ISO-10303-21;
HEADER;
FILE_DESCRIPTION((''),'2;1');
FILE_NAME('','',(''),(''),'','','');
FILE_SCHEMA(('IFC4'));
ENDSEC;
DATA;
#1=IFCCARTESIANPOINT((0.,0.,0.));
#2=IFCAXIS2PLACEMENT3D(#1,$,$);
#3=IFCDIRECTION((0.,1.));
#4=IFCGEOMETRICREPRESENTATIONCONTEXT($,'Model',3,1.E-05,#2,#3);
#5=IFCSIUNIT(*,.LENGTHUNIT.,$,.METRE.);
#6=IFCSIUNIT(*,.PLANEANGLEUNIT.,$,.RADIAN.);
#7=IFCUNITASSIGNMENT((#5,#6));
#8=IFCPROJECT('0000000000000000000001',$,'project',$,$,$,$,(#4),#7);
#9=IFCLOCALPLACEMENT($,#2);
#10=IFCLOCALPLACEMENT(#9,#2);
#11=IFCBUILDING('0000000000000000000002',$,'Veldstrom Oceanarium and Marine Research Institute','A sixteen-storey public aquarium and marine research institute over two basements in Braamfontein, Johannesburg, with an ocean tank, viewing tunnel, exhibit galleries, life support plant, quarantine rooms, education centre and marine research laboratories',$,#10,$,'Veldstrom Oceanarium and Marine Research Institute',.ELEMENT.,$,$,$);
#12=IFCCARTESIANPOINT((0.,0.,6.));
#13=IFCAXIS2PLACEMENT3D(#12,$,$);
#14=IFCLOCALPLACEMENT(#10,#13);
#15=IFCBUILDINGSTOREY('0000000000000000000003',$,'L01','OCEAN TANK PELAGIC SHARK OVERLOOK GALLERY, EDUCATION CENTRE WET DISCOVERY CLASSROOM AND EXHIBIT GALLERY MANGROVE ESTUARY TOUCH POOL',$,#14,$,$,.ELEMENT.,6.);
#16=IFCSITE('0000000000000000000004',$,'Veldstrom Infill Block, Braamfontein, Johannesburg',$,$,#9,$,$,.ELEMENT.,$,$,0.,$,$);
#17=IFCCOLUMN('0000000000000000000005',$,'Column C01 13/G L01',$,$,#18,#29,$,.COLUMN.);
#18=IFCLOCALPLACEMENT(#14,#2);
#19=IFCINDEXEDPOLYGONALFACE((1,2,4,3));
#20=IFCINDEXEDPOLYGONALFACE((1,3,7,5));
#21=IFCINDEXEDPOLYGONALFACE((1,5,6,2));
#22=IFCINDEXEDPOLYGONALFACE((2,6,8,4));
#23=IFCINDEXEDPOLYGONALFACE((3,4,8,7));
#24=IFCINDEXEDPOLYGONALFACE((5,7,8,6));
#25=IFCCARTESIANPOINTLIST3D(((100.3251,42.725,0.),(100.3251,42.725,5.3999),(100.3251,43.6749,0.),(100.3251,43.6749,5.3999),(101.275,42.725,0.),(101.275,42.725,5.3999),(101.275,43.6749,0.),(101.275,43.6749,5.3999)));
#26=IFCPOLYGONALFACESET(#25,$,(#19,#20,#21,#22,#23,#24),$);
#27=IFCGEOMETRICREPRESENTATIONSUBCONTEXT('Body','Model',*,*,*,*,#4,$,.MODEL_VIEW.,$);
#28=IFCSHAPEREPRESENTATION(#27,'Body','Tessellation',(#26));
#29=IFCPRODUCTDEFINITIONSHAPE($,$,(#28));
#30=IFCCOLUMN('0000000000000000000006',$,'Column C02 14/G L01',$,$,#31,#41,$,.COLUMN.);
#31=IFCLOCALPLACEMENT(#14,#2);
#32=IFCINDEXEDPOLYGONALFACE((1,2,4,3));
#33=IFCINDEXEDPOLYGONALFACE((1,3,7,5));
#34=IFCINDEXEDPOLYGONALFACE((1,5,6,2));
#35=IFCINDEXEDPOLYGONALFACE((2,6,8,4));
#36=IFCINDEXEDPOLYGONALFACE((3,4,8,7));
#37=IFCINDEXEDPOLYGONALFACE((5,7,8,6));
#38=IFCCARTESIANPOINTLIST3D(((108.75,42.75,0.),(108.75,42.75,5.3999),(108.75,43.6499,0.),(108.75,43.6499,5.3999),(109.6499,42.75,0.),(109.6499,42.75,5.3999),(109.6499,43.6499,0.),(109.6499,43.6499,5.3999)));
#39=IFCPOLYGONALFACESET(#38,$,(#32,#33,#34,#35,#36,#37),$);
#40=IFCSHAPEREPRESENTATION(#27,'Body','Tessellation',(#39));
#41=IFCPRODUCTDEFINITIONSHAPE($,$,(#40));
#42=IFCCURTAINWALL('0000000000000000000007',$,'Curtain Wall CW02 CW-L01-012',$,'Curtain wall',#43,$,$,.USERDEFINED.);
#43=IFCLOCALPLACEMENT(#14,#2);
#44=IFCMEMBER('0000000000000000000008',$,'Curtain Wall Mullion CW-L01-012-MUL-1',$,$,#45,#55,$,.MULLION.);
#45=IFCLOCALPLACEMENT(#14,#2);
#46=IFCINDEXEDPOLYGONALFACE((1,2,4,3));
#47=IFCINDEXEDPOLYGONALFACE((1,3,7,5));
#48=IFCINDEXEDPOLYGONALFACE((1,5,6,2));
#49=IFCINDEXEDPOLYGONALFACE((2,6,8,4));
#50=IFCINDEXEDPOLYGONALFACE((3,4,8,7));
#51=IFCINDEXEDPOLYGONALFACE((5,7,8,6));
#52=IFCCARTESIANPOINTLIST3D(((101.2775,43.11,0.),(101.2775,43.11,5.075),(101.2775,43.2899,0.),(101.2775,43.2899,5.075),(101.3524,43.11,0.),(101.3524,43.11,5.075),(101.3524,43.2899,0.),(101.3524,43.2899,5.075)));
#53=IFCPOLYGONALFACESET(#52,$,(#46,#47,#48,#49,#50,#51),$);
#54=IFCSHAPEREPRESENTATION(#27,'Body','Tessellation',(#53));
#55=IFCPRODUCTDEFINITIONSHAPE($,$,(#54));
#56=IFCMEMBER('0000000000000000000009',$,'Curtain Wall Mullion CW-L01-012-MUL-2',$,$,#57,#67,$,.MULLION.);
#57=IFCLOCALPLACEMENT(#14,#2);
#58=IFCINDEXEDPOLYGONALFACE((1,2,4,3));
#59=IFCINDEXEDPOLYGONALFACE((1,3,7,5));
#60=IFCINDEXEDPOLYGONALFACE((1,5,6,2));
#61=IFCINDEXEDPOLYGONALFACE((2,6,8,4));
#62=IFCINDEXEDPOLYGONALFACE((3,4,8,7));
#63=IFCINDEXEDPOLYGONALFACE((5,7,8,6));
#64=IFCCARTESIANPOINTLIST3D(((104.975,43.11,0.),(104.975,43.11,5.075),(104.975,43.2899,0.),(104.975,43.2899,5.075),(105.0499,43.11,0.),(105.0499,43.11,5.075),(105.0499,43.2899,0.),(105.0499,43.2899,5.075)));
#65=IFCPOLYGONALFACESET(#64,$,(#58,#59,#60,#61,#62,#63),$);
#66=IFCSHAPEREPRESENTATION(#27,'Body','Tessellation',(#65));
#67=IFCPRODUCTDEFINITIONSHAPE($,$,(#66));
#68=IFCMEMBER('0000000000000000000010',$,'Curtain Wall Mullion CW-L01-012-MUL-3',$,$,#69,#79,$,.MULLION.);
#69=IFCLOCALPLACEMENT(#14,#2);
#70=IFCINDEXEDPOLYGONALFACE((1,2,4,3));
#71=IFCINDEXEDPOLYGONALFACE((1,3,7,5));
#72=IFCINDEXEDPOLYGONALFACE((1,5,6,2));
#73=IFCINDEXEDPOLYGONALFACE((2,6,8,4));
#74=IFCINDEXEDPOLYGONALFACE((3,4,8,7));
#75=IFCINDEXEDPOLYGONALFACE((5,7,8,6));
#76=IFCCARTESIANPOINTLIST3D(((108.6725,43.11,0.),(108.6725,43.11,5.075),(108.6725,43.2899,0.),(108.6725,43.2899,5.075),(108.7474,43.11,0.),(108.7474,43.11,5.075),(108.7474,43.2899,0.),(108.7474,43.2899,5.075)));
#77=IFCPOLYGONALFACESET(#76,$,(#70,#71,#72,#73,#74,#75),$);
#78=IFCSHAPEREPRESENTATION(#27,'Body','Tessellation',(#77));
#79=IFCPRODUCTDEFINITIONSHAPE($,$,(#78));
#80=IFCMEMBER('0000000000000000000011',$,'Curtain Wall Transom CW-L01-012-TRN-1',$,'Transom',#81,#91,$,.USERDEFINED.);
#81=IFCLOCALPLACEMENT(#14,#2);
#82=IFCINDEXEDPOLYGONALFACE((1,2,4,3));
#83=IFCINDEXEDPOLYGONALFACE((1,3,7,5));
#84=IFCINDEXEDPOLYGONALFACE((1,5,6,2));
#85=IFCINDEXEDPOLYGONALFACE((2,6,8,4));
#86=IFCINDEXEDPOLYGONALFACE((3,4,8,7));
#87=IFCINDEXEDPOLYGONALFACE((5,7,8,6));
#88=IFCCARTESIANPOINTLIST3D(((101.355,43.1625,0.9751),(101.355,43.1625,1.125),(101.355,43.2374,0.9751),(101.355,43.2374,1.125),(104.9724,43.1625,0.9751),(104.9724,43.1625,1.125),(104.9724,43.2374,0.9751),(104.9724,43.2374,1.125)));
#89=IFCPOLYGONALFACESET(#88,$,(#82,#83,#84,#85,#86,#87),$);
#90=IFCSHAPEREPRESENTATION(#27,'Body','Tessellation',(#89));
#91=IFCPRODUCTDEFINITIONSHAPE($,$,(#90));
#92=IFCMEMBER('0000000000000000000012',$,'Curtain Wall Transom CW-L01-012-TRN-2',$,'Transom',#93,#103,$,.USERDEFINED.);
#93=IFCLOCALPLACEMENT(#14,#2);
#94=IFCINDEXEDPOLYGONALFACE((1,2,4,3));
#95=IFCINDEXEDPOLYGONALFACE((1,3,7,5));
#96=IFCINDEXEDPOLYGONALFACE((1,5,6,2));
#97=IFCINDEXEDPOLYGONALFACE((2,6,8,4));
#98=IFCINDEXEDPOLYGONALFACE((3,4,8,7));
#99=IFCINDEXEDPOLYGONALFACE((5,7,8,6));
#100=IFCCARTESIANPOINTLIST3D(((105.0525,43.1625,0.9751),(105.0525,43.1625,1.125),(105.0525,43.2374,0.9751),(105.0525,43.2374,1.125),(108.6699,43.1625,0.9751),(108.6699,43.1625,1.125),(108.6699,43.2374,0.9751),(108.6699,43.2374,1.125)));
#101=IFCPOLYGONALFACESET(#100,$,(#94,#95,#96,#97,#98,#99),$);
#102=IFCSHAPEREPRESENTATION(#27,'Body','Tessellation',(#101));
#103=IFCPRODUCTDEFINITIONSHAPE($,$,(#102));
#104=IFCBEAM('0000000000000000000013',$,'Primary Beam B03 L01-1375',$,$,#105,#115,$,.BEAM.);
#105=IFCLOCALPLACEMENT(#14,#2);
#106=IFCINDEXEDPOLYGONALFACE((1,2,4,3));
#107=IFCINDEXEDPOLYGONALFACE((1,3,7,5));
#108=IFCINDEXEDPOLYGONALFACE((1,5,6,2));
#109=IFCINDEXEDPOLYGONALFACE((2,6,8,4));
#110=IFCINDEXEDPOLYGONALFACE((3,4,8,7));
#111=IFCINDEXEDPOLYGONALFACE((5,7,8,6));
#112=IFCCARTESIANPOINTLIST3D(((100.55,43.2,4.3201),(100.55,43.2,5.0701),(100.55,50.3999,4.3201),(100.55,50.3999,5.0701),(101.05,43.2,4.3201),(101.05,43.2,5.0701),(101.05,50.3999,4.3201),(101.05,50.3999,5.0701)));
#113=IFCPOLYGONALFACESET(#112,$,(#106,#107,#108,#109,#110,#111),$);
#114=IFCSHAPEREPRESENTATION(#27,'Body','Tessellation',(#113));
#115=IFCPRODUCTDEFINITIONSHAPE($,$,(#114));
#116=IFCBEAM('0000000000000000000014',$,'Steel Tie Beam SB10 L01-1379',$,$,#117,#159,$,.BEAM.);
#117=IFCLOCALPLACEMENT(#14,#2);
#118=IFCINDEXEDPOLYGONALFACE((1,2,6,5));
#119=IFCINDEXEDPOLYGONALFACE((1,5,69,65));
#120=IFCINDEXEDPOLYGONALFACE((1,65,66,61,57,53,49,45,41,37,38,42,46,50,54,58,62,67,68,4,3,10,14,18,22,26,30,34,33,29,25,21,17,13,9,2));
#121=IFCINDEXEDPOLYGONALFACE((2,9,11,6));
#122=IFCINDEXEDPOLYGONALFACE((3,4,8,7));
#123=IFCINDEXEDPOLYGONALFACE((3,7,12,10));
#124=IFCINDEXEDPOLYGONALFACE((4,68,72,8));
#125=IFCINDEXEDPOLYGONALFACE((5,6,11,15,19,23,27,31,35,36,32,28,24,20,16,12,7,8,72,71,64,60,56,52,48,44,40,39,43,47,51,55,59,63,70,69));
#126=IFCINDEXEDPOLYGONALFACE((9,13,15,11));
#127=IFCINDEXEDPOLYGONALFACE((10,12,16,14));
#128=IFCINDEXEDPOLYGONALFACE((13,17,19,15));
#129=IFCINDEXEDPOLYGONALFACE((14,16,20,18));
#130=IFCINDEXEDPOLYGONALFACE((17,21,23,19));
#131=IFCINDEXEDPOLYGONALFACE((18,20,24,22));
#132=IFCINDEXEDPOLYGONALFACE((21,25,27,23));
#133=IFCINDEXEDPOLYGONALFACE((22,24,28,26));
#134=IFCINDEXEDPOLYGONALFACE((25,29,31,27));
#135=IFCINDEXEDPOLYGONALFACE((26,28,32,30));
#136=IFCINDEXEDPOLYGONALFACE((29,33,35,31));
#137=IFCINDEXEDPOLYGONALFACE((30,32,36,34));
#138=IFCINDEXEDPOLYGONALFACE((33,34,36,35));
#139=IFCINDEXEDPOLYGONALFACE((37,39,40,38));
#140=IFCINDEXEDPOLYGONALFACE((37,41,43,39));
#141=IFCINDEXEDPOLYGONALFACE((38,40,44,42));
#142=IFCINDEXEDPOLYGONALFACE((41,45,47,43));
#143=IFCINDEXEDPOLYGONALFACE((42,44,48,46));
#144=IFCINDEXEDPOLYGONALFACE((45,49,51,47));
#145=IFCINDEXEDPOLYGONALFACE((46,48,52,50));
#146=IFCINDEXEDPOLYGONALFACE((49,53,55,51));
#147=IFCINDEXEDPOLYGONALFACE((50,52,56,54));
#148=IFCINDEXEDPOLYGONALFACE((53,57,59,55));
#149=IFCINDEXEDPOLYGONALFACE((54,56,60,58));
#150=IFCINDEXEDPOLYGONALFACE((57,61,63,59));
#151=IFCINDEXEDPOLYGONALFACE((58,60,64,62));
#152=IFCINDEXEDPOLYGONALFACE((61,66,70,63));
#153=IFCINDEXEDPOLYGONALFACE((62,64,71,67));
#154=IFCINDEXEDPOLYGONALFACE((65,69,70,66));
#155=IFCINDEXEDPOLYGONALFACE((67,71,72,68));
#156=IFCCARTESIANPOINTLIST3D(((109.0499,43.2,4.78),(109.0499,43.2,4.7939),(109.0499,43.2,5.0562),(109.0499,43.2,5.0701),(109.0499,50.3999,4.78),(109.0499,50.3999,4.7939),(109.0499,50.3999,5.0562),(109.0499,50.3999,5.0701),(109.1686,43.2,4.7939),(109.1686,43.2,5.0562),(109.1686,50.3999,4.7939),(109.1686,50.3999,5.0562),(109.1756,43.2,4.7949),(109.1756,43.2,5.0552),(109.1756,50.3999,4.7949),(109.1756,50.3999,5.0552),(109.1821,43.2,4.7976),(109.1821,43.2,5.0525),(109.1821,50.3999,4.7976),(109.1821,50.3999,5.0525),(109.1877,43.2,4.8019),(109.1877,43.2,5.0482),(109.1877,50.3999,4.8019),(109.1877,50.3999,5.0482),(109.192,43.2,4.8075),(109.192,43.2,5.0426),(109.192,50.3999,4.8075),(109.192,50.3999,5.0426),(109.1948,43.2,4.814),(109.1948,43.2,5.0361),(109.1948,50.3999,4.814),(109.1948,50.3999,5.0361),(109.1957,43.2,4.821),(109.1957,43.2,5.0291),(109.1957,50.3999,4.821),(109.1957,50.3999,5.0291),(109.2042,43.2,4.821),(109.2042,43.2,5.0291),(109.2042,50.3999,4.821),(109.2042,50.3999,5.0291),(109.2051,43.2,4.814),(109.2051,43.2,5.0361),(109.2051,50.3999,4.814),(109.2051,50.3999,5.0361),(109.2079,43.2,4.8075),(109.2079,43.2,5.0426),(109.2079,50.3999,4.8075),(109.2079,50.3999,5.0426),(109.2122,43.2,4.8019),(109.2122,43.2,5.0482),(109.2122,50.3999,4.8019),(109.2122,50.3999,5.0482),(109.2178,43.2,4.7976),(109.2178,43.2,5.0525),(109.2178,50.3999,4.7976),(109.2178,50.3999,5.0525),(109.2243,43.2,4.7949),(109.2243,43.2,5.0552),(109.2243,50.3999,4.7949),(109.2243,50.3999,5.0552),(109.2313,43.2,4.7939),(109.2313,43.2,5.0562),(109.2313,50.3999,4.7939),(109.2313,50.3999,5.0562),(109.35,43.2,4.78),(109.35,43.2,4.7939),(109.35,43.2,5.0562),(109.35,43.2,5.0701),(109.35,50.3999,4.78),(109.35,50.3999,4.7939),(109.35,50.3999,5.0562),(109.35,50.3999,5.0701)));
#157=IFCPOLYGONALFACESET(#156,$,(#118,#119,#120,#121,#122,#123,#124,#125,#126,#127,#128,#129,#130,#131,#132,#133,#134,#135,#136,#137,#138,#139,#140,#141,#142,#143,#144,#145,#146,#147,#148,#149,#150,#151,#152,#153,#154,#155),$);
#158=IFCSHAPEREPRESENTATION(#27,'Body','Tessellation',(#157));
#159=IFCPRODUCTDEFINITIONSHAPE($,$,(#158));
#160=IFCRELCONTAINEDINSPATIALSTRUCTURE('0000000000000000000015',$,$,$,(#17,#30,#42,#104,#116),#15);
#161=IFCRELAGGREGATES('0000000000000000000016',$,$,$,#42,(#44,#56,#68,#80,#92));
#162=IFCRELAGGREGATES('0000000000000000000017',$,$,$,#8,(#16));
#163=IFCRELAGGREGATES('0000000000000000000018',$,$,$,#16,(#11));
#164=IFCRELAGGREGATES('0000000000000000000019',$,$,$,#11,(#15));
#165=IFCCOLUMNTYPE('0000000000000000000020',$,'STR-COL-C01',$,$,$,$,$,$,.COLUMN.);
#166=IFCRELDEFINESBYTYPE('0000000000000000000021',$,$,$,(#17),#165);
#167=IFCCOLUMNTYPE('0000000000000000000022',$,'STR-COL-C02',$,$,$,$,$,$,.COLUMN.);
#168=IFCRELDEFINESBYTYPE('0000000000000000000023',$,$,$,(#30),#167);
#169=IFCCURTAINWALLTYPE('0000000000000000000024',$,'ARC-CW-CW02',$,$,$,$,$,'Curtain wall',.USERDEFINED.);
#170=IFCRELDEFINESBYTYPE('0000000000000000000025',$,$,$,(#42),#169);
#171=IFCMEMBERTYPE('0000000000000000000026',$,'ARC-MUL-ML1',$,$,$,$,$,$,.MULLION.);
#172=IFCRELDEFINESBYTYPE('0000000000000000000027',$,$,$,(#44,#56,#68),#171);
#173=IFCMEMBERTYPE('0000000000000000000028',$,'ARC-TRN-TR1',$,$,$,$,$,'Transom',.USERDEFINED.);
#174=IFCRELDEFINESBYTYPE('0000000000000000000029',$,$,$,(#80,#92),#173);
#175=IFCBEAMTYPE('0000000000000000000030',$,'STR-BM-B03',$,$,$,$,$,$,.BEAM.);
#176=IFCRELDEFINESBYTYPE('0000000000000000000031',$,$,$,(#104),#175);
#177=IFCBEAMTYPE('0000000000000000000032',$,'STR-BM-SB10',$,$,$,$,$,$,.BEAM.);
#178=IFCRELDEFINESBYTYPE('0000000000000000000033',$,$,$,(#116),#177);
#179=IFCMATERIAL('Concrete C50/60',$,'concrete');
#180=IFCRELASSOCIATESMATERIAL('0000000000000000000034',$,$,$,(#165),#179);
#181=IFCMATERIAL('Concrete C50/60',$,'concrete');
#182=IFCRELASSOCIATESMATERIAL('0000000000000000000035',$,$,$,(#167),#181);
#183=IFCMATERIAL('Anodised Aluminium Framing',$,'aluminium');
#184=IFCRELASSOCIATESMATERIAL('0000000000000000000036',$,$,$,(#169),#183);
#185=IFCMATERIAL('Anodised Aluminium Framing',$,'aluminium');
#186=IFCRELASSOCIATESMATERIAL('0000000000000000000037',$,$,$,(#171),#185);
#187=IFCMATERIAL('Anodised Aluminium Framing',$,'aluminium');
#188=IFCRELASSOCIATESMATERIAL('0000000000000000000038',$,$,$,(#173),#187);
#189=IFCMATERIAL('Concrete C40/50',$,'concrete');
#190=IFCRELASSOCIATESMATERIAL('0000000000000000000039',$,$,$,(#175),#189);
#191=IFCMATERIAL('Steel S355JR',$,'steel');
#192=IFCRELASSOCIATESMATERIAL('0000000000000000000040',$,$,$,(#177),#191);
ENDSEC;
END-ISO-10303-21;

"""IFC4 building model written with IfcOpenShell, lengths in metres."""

from ifc_helpers import new_model, si_unit, direction, frame, origin, origin_2d, place, context, subcontext, project, spatial, rectangle, i_section, extrude, material, material_profile, profile_set, type_object, element, aggregate, save


model = new_model("IFC4")

# Units and contexts
model_context = context("Model", 3, precision=1e-05, world=origin(), true_north=direction((0.0, 1.0)))
body_context = subcontext(model_context, "Body", "Model", "MODEL_VIEW")
ifc_project = project(units=[si_unit("LENGTHUNIT", "METRE"), si_unit("PLANEANGLEUNIT", "RADIAN")], contexts=[model_context])

# Site, building, storey
site_placement = place(None, origin())
site = spatial("IfcSite", under=ifc_project, at=site_placement, Name="Veldstrom Infill Block, Braamfontein, Johannesburg", CompositionType="ELEMENT", RefElevation=0.0)
building_placement = place(site_placement, origin())
building = spatial("IfcBuilding", under=site, at=building_placement, Name="Veldstrom Oceanarium and Marine Research Institute", Description="A sixteen-storey public aquarium and marine research institute over two basements in Braamfontein, Johannesburg, with an ocean tank, viewing tunnel, exhibit galleries, life support plant, quarantine rooms, education centre and marine research laboratories", LongName="Veldstrom Oceanarium and Marine Research Institute", CompositionType="ELEMENT")
storey_placement = place(building_placement, frame((0.0, 0.0, 6.0)))
storey = spatial("IfcBuildingStorey", under=building, at=storey_placement, Name="L01", Description="OCEAN TANK PELAGIC SHARK OVERLOOK GALLERY, EDUCATION CENTRE WET DISCOVERY CLASSROOM AND EXHIBIT GALLERY MANGROVE ESTUARY TOUCH POOL", CompositionType="ELEMENT", Elevation=6.0)

# Columns
ifc_material_1 = material(Name="Concrete C50/60", Category="concrete")
ifc_material_profile_1 = material_profile(ifc_material_1, rectangle(XDim=0.95, YDim=0.95, at=origin_2d()), Name="RC-COL-950x950")
ifc_profile_set_1 = profile_set([ifc_material_profile_1], Name="Concrete C50/60")
column_type_1 = type_object("IfcColumnType", Name="STR-COL-C01", PredefinedType="COLUMN", material=ifc_profile_set_1)
column_1_placement = place(storey_placement, frame((100.8, 43.2, 0.0), z_axis=(0.0, 0.0, 1.0), x_axis=(1.0, 0.0, 0.0)))
element("IfcColumn", 1, at=column_1_placement, inside=storey, type_object=column_type_1, Name="Column C01 13/G L01", PredefinedType="COLUMN", context=body_context, shape_type="SweptSolid", body=[
    extrude(rectangle(XDim=0.95, YDim=0.95, at=origin_2d()), origin(), (0.0, 0.0, 1.0), 5.3999),
])
ifc_material_2 = material(Name="Concrete C50/60", Category="concrete")
ifc_material_profile_2 = material_profile(ifc_material_2, rectangle(XDim=0.8999, YDim=0.8999, at=origin_2d()), Name="RC-COL-900x900")
ifc_profile_set_2 = profile_set([ifc_material_profile_2], Name="Concrete C50/60")
column_type_2 = type_object("IfcColumnType", Name="STR-COL-C02", PredefinedType="COLUMN", material=ifc_profile_set_2)
column_2_placement = place(storey_placement, frame((109.2, 43.2, 0.0), z_axis=(0.0, 0.0, 1.0), x_axis=(1.0, 0.0, 0.0)))
element("IfcColumn", 2, at=column_2_placement, inside=storey, type_object=column_type_2, Name="Column C02 14/G L01", PredefinedType="COLUMN", context=body_context, shape_type="SweptSolid", body=[
    extrude(rectangle(XDim=0.8999, YDim=0.8999, at=origin_2d()), origin(), (0.0, 0.0, 1.0), 5.3999),
])

# Curtain wall, members
ifc_material_3 = material(Name="Anodised Aluminium Framing", Category="aluminium")
curtain_wall_type = type_object("IfcCurtainWallType", Name="ARC-CW-CW02", ElementType="Curtain wall", PredefinedType="USERDEFINED", material=ifc_material_3)
curtain_wall_placement = place(storey_placement, origin())
curtain_wall = element("IfcCurtainWall", 3, at=curtain_wall_placement, inside=storey, type_object=curtain_wall_type, Name="Curtain Wall CW02 CW-L01-012", ObjectType="Curtain wall", PredefinedType="USERDEFINED")
ifc_material_4 = material(Name="Anodised Aluminium Framing", Category="aluminium")
ifc_material_profile_3 = material_profile(ifc_material_4, rectangle(XDim=0.075, YDim=0.1799, at=origin_2d()), Name="ALU-MUL-75x180")
ifc_profile_set_3 = profile_set([ifc_material_profile_3], Name="Anodised Aluminium Framing")
member_type_1 = type_object("IfcMemberType", Name="ARC-MUL-ML1", PredefinedType="MULLION", material=ifc_profile_set_3)
member_1_placement = place(storey_placement, frame((101.3149, 43.2, 0.0), z_axis=(0.0, 0.0, 1.0), x_axis=(1.0, 0.0, 0.0)))
member_1 = element("IfcMember", 4, at=member_1_placement, type_object=member_type_1, Name="Curtain Wall Mullion CW-L01-012-MUL-1", PredefinedType="MULLION", context=body_context, shape_type="SweptSolid", body=[
    extrude(rectangle(XDim=0.075, YDim=0.1799, at=origin_2d()), origin(), (0.0, 0.0, 1.0), 5.075),
])
member_2_placement = place(storey_placement, frame((105.0125, 43.2, 0.0), z_axis=(0.0, 0.0, 1.0), x_axis=(1.0, 0.0, 0.0)))
member_2 = element("IfcMember", 5, at=member_2_placement, type_object=member_type_1, Name="Curtain Wall Mullion CW-L01-012-MUL-2", PredefinedType="MULLION", context=body_context, shape_type="SweptSolid", body=[
    extrude(rectangle(XDim=0.075, YDim=0.1799, at=origin_2d()), origin(), (0.0, 0.0, 1.0), 5.075),
])
member_3_placement = place(storey_placement, frame((108.71, 43.2, 0.0), z_axis=(0.0, 0.0, 1.0), x_axis=(1.0, 0.0, 0.0)))
member_3 = element("IfcMember", 6, at=member_3_placement, type_object=member_type_1, Name="Curtain Wall Mullion CW-L01-012-MUL-3", PredefinedType="MULLION", context=body_context, shape_type="SweptSolid", body=[
    extrude(rectangle(XDim=0.075, YDim=0.1799, at=origin_2d()), origin(), (0.0, 0.0, 1.0), 5.075),
])
ifc_material_5 = material(Name="Anodised Aluminium Framing", Category="aluminium")
ifc_material_profile_4 = material_profile(ifc_material_5, rectangle(XDim=0.075, YDim=0.1499, at=origin_2d()), Name="ALU-TRN-75x150")
ifc_profile_set_4 = profile_set([ifc_material_profile_4], Name="Anodised Aluminium Framing")
member_type_2 = type_object("IfcMemberType", Name="ARC-TRN-TR1", ElementType="Transom", PredefinedType="USERDEFINED", material=ifc_profile_set_4)
member_4_placement = place(storey_placement, frame((101.355, 43.2, 1.05), z_axis=(1.0, 0.0, 0.0), x_axis=(0.0, 1.0, 0.0)))
member_4 = element("IfcMember", 7, at=member_4_placement, type_object=member_type_2, Name="Curtain Wall Transom CW-L01-012-TRN-1", ObjectType="Transom", PredefinedType="USERDEFINED", context=body_context, shape_type="SweptSolid", body=[
    extrude(rectangle(XDim=0.075, YDim=0.1499, at=origin_2d()), origin(), (0.0, 0.0, 1.0), 3.6174),
])
member_5_placement = place(storey_placement, frame((105.0525, 43.2, 1.05), z_axis=(1.0, 0.0, 0.0), x_axis=(0.0, 1.0, 0.0)))
member_5 = element("IfcMember", 8, at=member_5_placement, type_object=member_type_2, Name="Curtain Wall Transom CW-L01-012-TRN-2", ObjectType="Transom", PredefinedType="USERDEFINED", context=body_context, shape_type="SweptSolid", body=[
    extrude(rectangle(XDim=0.075, YDim=0.1499, at=origin_2d()), origin(), (0.0, 0.0, 1.0), 3.6174),
])

# Beams
ifc_material_6 = material(Name="Concrete C40/50", Category="concrete")
ifc_material_profile_5 = material_profile(ifc_material_6, rectangle(XDim=0.5, YDim=0.75, at=origin_2d()), Name="RC-BM-500x750")
ifc_profile_set_5 = profile_set([ifc_material_profile_5], Name="Concrete C40/50")
beam_type_1 = type_object("IfcBeamType", Name="STR-BM-B03", PredefinedType="BEAM", material=ifc_profile_set_5)
beam_1_placement = place(storey_placement, frame((100.8, 43.2, 4.6951), z_axis=(0.0, 1.0, 0.0), x_axis=(-1.0, 0.0, 0.0)))
element("IfcBeam", 9, at=beam_1_placement, inside=storey, type_object=beam_type_1, Name="Primary Beam B03 L01-1375", PredefinedType="BEAM", context=body_context, shape_type="SweptSolid", body=[
    extrude(rectangle(XDim=0.5, YDim=0.75, at=origin_2d()), origin(), (0.0, 0.0, 1.0), 7.2),
])
ifc_material_7 = material(Name="Steel S355JR", Category="steel")
ifc_material_profile_6 = material_profile(ifc_material_7, i_section(OverallWidth=0.3, OverallDepth=0.29, WebThickness=0.0085, FlangeThickness=0.0139, FilletRadius=0.0271, at=origin_2d()), Name="HEA 300")
ifc_profile_set_6 = profile_set([ifc_material_profile_6], Name="Steel S355JR")
beam_type_2 = type_object("IfcBeamType", Name="STR-BM-SB10", PredefinedType="BEAM", material=ifc_profile_set_6)
beam_2_placement = place(storey_placement, frame((109.2, 43.2, 4.925), z_axis=(0.0, 1.0, 0.0), x_axis=(-1.0, 0.0, 0.0)))
element("IfcBeam", 10, at=beam_2_placement, inside=storey, type_object=beam_type_2, Name="Steel Tie Beam SB10 L01-1379", PredefinedType="BEAM", context=body_context, shape_type="SweptSolid", body=[
    extrude(i_section(OverallWidth=0.3, OverallDepth=0.29, WebThickness=0.0085, FlangeThickness=0.0139, FilletRadius=0.0271, at=origin_2d()), origin(), (0.0, 0.0, 1.0), 7.2),
])

aggregate(curtain_wall, [member_1, member_2, member_3, member_4, member_5])

save(model, "model.ifc")
